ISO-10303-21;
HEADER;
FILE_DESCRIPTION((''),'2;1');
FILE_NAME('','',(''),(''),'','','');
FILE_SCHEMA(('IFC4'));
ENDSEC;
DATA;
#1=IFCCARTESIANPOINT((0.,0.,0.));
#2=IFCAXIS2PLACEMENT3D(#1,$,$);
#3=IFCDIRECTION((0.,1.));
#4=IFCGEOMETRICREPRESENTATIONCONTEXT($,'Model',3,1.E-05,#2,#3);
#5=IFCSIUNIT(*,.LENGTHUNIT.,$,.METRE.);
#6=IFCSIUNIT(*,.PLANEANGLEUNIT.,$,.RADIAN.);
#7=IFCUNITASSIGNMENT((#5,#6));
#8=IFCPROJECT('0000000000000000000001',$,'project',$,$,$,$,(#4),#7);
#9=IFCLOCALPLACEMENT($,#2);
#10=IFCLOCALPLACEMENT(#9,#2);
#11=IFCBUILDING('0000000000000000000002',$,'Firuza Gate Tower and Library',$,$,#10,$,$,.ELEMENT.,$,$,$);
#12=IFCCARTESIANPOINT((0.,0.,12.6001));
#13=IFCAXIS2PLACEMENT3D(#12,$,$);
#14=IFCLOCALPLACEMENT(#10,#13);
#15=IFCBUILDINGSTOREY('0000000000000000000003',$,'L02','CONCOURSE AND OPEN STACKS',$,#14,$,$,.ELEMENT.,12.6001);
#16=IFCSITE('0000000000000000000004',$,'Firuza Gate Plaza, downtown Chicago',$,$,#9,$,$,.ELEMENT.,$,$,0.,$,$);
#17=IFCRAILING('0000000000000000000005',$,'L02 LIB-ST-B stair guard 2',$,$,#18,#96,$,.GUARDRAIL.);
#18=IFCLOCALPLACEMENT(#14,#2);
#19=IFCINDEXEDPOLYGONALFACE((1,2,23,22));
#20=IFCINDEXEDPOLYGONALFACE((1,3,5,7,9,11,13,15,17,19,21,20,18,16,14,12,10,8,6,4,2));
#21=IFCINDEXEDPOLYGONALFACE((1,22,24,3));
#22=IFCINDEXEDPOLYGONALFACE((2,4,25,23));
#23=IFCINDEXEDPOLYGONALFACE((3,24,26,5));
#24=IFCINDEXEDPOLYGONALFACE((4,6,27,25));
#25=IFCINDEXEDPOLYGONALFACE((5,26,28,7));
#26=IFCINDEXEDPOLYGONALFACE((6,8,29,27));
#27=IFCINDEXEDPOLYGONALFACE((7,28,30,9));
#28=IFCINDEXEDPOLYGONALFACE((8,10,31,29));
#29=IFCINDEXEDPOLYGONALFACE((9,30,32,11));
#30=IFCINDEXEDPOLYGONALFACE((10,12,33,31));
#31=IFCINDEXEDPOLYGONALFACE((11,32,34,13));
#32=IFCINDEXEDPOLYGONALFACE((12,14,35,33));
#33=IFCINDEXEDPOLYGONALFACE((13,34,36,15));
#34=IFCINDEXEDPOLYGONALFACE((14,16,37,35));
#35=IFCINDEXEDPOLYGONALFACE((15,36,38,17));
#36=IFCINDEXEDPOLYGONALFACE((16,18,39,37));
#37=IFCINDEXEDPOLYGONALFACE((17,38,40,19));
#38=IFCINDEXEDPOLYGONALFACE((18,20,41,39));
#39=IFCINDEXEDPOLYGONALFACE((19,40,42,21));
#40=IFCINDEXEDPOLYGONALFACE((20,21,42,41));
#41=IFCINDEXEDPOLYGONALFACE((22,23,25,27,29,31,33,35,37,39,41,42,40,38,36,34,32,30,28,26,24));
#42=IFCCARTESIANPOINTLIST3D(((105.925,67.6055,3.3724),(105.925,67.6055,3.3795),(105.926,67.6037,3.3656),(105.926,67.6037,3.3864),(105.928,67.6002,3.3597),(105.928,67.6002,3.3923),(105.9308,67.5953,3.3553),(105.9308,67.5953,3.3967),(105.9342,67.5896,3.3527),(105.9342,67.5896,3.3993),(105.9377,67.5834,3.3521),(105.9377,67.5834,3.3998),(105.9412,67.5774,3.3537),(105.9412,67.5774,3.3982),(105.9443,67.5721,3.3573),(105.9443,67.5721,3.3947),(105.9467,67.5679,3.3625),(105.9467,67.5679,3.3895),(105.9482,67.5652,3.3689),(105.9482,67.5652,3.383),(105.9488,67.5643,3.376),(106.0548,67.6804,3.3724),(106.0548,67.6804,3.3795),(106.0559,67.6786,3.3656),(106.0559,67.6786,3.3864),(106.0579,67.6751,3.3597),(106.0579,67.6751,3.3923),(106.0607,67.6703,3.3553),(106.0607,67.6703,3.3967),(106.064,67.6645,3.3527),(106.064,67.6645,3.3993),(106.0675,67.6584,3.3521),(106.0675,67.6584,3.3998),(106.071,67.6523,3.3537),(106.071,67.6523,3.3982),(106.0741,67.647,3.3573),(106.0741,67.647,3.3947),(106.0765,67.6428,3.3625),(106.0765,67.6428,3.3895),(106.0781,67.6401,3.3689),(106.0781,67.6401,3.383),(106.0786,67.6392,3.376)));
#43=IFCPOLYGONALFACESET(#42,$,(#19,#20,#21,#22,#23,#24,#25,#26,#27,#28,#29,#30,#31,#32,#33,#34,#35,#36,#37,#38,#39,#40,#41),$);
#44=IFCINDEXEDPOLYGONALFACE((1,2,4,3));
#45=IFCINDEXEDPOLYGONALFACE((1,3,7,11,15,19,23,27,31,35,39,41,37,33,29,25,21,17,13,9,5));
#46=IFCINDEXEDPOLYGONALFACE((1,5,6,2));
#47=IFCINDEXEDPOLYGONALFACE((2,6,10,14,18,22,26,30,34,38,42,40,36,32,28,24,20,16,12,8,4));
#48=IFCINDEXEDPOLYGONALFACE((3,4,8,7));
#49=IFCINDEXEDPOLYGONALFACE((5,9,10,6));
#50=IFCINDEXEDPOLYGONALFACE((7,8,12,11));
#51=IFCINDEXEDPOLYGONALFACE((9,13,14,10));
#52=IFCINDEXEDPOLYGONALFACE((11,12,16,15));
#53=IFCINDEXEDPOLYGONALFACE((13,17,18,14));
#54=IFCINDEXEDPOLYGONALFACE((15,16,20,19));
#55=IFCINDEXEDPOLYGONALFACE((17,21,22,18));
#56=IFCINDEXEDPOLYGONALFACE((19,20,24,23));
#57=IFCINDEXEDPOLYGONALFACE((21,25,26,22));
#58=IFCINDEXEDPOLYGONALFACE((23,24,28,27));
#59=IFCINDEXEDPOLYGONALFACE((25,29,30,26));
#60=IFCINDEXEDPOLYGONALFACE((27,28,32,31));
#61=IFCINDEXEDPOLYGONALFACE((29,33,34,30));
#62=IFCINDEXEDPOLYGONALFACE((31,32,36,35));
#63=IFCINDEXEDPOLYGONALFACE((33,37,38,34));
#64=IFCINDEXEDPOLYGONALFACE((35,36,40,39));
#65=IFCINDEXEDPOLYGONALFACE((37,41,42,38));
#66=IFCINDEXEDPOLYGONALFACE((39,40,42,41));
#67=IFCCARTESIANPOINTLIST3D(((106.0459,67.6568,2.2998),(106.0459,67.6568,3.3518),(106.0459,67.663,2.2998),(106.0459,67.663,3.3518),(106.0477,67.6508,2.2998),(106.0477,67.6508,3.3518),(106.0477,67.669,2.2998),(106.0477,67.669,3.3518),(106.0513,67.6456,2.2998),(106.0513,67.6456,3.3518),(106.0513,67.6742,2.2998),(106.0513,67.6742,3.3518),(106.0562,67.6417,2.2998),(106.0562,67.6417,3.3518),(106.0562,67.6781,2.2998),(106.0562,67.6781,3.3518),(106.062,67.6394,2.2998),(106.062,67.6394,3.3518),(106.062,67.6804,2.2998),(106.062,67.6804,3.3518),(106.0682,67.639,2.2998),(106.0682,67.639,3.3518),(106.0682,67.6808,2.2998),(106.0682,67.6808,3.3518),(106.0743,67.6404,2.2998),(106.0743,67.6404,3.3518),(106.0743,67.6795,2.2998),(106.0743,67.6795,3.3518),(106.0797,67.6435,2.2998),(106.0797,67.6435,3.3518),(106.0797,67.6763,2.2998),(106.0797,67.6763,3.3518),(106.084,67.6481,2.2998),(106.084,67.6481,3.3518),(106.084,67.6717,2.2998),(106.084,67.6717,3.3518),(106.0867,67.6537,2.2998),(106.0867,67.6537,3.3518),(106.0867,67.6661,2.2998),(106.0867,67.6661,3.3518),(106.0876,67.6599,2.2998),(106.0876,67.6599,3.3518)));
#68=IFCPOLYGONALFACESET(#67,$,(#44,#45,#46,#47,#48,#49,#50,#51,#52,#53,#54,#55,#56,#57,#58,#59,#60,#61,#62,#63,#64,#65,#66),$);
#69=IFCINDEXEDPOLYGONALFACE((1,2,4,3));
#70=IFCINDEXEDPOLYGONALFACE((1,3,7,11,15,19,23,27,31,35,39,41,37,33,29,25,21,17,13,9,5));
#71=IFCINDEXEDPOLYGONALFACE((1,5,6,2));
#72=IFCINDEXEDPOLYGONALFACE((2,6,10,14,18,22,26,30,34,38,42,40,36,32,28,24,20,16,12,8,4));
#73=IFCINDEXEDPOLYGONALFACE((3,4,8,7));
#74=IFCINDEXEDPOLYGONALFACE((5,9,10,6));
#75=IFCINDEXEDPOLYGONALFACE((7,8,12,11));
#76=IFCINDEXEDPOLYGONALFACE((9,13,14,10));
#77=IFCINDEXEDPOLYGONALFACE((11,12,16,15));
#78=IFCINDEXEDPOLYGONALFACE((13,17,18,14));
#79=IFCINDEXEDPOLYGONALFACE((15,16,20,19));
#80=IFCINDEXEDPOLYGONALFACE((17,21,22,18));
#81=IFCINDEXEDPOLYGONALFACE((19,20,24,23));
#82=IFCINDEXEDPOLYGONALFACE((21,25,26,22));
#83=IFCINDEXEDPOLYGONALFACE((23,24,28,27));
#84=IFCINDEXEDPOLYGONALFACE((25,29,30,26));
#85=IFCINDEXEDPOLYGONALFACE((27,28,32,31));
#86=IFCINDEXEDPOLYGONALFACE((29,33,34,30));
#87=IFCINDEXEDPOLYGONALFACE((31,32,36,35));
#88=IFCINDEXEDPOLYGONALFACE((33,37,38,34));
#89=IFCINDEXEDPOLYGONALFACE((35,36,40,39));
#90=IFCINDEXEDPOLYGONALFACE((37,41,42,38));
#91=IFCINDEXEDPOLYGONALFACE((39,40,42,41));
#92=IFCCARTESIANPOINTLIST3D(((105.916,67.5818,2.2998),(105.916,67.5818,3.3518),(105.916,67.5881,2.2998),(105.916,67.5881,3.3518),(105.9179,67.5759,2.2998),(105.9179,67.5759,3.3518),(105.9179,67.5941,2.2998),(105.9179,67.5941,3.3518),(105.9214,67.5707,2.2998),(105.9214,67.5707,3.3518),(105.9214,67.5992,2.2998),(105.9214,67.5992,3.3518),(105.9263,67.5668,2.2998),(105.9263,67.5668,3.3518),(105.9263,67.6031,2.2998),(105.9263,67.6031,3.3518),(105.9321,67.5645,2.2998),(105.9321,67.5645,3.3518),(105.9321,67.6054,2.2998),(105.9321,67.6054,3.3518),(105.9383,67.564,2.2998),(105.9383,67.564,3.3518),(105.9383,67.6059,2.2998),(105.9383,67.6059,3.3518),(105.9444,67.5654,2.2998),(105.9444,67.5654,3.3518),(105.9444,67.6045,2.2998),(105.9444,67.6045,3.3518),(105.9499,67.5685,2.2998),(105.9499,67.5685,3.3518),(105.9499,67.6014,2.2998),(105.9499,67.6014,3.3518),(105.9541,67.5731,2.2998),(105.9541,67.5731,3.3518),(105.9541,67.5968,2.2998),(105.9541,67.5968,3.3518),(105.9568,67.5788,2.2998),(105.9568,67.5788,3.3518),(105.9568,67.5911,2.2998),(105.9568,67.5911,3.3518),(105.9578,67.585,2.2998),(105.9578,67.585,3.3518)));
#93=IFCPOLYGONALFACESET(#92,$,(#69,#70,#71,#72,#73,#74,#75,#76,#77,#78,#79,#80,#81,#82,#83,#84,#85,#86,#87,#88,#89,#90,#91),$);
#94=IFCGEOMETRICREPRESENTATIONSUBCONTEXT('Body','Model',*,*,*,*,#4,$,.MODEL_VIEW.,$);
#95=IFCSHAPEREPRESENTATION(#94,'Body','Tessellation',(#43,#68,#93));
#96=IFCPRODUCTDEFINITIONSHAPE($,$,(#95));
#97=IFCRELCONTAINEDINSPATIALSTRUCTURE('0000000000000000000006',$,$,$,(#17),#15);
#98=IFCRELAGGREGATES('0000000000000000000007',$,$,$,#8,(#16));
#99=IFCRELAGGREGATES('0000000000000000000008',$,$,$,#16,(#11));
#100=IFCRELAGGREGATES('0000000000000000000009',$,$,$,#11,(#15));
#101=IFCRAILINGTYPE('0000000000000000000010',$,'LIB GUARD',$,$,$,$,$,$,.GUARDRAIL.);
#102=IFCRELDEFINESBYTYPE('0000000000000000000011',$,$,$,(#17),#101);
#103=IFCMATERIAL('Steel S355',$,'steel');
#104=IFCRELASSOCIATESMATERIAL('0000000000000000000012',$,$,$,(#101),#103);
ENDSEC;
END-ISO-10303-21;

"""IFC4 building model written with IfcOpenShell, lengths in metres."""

from ifc_helpers import new_model, si_unit, direction, frame, origin, origin_2d, place, context, subcontext, project, spatial, circle, extrude, material, type_object, element, save


model = new_model("IFC4")

# Units and contexts
model_context = context("Model", 3, precision=1e-05, world=origin(), true_north=direction((0.0, 1.0)))
body_context = subcontext(model_context, "Body", "Model", "MODEL_VIEW")
ifc_project = project(units=[si_unit("LENGTHUNIT", "METRE"), si_unit("PLANEANGLEUNIT", "RADIAN")], contexts=[model_context])

# Site, building, storey
site_placement = place(None, origin())
site = spatial("IfcSite", under=ifc_project, at=site_placement, Name="Firuza Gate Plaza, downtown Chicago", CompositionType="ELEMENT", RefElevation=0.0)
building_placement = place(site_placement, origin())
building = spatial("IfcBuilding", under=site, at=building_placement, Name="Firuza Gate Tower and Library", CompositionType="ELEMENT")
storey_placement = place(building_placement, frame((0.0, 0.0, 12.6001)))
storey = spatial("IfcBuildingStorey", under=building, at=storey_placement, Name="L02", Description="CONCOURSE AND OPEN STACKS", CompositionType="ELEMENT", Elevation=12.6001)

# Railing
ifc_material_1 = material(Name="Steel S355", Category="steel")
railing_type_1 = type_object("IfcRailingType", Name="LIB GUARD", PredefinedType="GUARDRAIL", material=ifc_material_1)
railing_1_placement = place(storey_placement, frame((106.0667, 67.6599, 2.2998)))
element("IfcRailing", 1, at=railing_1_placement, inside=storey, type_object=railing_type_1, Name="L02 LIB-ST-B stair guard 2", PredefinedType="GUARDRAIL", context=body_context, shape_type="SweptSolid", body=[
    extrude(circle(Radius=0.0239, at=origin_2d()), frame((0.0, 0.0, 1.0762), z_axis=(-0.866131, -0.499816, 0.0), x_axis=(0.499816, -0.866131, 0.0)), (0.0, 0.0, 1.0), 0.1499),
    extrude(circle(Radius=0.021, at=origin_2d()), origin(), (0.0, 0.0, 1.0), 1.052),
    extrude(circle(Radius=0.021, at=origin_2d()), frame((-0.1299, -0.075, 0.0)), (0.0, 0.0, 1.0), 1.052),
])

save(model, "model.ifc")
